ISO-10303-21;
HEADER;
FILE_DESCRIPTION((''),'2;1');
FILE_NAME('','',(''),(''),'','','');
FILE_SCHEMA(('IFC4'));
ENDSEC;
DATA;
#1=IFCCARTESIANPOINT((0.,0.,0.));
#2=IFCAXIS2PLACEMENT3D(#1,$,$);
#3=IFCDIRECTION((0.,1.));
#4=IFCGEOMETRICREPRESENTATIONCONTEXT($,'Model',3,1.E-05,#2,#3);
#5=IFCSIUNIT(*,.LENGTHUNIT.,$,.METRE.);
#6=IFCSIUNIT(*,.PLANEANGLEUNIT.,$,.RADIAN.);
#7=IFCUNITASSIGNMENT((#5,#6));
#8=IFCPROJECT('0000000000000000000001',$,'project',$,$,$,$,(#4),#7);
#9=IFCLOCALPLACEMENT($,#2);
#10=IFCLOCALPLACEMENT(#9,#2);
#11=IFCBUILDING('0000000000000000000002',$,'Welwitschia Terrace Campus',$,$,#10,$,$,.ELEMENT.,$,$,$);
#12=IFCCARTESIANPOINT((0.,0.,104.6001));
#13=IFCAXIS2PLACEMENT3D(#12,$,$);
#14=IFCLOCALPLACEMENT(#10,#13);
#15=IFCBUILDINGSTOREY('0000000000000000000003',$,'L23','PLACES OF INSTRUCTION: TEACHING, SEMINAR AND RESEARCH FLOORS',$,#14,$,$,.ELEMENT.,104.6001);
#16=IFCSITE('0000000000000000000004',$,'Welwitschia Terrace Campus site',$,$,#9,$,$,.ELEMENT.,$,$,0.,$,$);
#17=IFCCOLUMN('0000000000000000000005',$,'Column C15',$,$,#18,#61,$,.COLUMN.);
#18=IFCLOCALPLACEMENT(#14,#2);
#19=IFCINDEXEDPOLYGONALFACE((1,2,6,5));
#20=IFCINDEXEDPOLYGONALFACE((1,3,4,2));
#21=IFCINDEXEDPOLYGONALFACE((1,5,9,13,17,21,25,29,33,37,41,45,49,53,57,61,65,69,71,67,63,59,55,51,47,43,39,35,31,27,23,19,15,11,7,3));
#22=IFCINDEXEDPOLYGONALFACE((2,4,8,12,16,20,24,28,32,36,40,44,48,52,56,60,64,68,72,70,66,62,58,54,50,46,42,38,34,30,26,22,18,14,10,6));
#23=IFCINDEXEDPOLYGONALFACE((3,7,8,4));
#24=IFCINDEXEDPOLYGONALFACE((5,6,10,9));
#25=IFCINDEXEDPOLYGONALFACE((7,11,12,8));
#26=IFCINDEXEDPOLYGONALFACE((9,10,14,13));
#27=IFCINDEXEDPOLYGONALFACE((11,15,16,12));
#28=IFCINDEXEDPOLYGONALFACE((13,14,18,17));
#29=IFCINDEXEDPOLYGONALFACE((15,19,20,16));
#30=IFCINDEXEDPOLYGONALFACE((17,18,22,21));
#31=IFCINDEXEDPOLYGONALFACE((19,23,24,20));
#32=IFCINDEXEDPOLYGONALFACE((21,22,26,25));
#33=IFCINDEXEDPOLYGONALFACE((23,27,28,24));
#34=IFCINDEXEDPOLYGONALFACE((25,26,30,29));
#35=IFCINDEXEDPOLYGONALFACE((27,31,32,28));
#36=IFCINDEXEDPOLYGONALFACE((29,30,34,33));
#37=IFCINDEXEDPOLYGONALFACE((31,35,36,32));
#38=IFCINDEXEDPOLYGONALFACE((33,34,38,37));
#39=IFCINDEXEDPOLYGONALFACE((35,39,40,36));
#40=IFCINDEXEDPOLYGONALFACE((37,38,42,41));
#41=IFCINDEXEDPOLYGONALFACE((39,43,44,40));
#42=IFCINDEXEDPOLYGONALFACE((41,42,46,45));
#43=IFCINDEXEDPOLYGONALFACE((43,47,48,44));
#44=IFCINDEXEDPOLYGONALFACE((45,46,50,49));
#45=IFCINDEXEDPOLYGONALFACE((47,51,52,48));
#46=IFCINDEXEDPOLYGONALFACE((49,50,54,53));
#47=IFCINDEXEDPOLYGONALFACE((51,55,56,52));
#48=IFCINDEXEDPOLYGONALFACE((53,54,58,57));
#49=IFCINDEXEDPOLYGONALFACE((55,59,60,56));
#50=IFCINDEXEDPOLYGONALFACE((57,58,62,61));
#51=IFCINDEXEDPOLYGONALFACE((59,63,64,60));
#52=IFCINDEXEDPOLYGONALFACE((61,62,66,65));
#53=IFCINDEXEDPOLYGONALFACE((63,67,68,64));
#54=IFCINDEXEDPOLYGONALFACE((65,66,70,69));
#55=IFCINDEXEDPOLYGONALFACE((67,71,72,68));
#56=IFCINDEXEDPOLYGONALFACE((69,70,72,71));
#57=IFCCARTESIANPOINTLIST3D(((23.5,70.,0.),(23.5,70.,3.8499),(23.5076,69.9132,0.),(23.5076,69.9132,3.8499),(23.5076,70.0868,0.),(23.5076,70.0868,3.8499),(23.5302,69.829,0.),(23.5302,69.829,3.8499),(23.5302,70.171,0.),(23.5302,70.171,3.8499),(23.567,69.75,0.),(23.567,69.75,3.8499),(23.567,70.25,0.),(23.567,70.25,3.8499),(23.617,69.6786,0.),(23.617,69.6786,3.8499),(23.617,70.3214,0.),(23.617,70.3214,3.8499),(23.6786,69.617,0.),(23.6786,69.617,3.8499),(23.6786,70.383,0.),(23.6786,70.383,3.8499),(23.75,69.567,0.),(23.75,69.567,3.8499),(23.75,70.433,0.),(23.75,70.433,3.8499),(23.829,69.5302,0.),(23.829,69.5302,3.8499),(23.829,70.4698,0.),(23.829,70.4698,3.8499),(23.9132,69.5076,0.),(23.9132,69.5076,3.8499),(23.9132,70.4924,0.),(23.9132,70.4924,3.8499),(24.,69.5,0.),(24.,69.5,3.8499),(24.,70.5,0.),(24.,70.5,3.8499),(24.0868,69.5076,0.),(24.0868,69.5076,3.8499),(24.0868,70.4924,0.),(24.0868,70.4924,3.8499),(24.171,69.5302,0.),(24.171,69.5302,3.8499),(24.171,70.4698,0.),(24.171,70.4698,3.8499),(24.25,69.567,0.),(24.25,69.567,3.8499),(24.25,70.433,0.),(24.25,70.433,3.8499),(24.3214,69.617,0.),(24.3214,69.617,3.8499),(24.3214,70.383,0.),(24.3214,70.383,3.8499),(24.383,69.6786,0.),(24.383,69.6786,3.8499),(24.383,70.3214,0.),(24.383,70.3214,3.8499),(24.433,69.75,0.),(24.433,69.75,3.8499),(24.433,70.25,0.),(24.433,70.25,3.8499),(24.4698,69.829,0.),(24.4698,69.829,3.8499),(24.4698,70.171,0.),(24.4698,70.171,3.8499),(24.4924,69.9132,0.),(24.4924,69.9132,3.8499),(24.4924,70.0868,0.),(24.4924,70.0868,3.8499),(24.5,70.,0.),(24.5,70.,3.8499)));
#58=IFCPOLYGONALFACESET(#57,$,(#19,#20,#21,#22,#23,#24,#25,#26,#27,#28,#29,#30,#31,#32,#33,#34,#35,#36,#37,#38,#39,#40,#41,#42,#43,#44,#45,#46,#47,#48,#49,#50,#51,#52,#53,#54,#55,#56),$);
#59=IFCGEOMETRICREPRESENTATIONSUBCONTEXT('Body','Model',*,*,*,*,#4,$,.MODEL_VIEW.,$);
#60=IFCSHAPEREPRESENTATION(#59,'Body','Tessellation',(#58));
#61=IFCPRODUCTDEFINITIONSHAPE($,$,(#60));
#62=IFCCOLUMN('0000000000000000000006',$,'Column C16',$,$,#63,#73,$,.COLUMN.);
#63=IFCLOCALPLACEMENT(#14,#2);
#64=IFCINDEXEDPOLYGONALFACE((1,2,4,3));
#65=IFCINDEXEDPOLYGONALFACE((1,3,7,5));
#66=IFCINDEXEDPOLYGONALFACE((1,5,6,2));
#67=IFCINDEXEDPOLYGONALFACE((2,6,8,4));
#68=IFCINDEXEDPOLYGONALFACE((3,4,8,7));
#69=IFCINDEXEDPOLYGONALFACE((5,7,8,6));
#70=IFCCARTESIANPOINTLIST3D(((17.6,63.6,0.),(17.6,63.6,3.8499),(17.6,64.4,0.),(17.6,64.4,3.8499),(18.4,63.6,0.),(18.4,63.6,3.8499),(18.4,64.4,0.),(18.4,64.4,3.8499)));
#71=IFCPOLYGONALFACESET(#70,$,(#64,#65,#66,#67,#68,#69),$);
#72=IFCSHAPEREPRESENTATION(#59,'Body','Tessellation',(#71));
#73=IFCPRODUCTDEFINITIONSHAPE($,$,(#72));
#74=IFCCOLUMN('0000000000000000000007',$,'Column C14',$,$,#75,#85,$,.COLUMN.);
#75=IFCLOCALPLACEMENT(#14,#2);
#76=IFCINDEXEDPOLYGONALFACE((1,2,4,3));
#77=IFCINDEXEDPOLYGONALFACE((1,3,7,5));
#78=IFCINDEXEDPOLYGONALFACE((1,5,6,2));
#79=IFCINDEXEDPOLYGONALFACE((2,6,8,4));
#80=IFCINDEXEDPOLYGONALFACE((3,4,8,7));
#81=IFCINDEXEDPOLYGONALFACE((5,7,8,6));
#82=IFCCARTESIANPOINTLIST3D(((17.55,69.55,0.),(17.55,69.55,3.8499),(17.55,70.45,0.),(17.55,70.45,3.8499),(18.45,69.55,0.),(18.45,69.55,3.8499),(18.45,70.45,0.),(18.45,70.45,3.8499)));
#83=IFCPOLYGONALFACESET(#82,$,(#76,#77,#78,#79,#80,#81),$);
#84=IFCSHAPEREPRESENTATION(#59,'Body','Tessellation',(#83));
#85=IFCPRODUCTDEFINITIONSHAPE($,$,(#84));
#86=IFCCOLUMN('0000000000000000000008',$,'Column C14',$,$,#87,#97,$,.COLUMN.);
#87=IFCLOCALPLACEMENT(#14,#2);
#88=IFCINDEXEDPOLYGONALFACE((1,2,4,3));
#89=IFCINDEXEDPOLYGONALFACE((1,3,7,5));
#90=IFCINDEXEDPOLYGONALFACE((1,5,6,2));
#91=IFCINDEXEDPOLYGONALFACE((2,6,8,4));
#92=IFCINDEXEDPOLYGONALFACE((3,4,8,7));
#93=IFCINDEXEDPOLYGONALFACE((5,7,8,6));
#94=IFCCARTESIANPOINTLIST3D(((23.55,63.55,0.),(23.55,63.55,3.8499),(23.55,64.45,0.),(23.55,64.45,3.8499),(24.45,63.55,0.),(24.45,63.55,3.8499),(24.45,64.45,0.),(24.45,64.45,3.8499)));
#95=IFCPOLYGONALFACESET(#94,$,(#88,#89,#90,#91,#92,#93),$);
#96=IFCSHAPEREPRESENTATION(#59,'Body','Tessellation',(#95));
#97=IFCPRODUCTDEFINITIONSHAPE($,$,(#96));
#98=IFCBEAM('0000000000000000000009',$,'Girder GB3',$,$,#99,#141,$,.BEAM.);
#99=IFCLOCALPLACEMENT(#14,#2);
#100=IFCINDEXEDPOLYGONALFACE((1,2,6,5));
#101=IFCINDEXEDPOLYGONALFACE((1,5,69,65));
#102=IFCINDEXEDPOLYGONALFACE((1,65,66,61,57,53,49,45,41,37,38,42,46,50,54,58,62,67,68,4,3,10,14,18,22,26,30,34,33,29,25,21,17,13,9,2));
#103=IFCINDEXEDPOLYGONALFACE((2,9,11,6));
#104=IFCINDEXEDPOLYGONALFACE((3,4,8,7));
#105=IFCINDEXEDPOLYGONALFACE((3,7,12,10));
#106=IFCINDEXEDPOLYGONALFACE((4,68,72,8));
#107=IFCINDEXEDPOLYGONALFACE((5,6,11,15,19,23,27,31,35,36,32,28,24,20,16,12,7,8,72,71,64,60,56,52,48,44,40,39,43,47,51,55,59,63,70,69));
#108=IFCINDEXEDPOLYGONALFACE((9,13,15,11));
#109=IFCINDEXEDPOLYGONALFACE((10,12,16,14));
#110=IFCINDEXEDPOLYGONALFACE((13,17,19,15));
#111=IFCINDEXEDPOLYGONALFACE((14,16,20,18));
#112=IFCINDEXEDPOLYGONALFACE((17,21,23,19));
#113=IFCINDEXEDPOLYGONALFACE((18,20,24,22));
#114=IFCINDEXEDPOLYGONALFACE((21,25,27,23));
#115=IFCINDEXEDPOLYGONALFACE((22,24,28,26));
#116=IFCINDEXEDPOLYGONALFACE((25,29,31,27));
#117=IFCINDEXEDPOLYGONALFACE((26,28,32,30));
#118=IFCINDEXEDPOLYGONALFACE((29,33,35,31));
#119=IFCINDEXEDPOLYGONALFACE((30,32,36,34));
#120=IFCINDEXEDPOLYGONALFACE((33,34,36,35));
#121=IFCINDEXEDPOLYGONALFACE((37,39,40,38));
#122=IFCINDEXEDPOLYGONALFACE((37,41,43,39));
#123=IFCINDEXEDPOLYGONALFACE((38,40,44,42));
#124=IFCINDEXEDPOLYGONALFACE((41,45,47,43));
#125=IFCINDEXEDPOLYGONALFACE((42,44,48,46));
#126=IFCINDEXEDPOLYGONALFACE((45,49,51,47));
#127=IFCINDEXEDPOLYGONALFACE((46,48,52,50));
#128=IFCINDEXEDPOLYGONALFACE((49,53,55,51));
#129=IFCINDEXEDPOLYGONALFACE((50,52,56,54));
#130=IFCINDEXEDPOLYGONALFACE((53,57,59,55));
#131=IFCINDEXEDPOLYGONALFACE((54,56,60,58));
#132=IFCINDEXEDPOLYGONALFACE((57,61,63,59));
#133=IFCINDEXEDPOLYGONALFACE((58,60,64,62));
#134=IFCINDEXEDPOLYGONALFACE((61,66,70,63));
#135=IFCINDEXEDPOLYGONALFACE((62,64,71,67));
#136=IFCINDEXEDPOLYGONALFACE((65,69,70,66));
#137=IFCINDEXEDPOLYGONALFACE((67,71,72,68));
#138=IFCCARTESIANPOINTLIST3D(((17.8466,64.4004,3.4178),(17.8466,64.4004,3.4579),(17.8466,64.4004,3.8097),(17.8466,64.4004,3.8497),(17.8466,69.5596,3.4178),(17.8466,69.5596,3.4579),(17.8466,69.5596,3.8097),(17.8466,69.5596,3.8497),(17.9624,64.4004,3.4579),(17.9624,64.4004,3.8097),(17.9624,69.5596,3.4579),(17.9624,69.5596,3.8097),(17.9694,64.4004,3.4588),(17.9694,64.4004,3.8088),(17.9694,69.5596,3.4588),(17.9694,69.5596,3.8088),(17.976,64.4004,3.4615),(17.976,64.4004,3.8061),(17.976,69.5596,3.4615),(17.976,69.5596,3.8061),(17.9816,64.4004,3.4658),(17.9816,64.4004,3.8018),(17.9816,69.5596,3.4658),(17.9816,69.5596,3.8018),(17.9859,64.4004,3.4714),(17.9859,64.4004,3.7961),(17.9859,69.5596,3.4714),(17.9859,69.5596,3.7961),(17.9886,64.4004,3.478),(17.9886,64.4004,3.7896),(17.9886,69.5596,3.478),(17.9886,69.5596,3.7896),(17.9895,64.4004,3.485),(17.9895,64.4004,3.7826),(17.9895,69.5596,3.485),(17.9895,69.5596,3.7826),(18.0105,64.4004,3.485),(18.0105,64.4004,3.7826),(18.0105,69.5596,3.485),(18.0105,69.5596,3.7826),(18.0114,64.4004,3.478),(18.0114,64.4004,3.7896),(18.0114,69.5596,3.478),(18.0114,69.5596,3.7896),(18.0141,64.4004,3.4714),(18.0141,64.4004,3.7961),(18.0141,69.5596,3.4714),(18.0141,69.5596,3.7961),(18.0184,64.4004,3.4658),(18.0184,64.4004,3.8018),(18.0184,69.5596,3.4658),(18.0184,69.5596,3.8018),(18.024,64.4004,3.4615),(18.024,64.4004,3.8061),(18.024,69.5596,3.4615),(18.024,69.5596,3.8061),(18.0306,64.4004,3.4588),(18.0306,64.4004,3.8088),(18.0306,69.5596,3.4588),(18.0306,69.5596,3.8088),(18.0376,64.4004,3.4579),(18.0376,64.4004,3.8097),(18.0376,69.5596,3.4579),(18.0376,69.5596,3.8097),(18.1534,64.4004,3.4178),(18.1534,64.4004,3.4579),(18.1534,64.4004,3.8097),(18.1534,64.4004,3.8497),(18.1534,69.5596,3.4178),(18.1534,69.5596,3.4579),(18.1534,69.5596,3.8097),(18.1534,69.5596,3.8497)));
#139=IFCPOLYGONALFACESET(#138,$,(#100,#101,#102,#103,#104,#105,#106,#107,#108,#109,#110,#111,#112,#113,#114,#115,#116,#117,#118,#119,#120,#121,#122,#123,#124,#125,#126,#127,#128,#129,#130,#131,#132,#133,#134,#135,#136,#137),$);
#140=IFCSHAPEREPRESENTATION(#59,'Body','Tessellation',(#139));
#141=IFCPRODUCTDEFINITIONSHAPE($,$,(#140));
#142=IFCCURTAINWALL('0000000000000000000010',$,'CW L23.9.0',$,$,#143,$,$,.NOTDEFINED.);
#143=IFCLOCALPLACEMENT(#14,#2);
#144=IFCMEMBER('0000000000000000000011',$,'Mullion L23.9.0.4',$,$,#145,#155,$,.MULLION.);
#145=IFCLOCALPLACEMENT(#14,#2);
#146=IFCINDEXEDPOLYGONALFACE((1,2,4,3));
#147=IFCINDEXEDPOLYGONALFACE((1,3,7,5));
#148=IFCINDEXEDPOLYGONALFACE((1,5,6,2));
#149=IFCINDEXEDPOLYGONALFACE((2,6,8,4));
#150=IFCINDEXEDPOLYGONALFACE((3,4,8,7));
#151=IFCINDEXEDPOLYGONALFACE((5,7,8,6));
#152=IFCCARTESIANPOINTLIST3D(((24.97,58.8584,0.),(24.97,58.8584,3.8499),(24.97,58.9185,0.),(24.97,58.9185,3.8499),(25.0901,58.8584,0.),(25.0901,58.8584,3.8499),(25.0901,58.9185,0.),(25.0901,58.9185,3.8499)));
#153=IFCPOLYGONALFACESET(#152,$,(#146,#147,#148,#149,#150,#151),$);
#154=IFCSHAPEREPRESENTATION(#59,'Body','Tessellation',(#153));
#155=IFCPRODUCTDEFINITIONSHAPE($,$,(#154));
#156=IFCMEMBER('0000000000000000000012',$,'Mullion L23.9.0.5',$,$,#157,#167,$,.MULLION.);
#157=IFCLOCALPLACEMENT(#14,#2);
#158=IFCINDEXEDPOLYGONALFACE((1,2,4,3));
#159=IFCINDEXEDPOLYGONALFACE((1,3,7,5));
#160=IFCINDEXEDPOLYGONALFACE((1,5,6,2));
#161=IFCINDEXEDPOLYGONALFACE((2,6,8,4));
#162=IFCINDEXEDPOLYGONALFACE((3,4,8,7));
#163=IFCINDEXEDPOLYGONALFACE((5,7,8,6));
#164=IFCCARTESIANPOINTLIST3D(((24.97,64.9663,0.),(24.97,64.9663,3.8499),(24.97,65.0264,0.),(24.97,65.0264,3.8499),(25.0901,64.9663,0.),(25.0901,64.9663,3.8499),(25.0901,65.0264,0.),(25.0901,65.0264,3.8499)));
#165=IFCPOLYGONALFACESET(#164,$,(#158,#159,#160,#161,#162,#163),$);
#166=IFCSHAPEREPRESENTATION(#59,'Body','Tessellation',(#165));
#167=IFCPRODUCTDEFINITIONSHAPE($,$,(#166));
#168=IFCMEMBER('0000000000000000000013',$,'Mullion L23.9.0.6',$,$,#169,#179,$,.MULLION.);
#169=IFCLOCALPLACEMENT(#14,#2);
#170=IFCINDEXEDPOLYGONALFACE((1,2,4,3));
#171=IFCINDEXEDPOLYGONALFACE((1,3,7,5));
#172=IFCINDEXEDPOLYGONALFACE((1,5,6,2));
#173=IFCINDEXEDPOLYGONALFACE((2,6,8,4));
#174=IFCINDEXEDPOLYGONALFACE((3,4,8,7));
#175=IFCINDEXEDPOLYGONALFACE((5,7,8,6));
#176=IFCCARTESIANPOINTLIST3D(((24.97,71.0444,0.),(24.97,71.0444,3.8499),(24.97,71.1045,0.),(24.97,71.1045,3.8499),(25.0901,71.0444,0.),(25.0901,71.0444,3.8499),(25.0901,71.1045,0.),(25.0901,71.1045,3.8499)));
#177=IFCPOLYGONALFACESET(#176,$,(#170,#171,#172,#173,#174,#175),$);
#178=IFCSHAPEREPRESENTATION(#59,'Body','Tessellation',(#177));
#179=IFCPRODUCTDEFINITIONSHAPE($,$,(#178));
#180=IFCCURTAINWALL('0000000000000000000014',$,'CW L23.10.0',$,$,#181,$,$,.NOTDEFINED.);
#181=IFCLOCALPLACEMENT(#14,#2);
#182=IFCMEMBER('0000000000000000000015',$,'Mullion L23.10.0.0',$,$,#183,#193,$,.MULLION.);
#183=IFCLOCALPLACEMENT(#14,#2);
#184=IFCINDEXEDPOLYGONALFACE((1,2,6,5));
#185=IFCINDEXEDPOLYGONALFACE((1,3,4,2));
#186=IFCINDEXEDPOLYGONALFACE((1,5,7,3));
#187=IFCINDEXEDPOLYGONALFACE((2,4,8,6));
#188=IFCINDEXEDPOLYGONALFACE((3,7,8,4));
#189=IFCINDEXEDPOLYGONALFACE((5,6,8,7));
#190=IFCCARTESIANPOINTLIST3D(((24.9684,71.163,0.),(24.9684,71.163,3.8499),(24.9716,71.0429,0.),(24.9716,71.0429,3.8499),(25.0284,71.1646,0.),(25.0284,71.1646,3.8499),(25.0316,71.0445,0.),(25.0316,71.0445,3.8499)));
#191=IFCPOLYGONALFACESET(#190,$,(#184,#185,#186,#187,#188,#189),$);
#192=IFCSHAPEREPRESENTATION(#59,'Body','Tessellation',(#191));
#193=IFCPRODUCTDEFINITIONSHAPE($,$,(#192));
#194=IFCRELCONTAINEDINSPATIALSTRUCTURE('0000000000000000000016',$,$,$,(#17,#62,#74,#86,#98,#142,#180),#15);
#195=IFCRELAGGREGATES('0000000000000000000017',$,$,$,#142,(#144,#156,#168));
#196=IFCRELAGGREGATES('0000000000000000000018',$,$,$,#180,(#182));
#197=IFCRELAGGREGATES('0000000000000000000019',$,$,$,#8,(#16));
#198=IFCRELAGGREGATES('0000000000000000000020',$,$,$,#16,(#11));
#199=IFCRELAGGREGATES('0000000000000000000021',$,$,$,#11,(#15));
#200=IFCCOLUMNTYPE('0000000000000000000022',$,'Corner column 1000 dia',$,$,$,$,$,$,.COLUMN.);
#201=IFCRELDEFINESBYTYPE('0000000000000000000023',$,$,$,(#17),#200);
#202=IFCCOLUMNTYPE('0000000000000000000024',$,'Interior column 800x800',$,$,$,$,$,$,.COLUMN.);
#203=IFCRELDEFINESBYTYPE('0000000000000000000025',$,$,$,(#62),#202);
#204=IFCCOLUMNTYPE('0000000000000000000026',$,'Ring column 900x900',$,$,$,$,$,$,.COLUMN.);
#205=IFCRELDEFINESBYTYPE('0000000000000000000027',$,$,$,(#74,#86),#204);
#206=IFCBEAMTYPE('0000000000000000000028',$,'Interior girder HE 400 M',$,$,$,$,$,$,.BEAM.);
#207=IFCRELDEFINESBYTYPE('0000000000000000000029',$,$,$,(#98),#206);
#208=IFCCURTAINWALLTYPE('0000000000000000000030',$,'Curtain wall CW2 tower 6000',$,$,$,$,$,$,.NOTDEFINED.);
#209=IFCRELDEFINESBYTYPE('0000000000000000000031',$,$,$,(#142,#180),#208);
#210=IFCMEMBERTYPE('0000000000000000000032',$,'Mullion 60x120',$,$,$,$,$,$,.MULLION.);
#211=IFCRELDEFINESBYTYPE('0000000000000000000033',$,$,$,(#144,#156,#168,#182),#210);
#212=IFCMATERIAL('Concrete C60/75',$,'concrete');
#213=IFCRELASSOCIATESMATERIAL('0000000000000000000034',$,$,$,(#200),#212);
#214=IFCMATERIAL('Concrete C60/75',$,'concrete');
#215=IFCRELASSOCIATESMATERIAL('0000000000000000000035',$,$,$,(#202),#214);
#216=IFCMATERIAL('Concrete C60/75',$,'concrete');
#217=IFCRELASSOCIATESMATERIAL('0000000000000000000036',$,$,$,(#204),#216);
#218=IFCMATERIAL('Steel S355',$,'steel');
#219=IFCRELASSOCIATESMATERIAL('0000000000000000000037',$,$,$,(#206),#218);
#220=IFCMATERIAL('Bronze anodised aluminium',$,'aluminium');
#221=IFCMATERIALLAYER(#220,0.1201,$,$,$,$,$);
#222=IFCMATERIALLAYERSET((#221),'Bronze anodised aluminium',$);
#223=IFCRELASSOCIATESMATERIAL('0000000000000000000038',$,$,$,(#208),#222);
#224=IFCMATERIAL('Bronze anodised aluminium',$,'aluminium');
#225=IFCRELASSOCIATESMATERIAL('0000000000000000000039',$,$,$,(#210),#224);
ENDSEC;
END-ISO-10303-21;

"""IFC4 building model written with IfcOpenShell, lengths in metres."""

from ifc_helpers import new_model, si_unit, direction, frame, origin, origin_2d, place, context, subcontext, project, spatial, rectangle, circle, i_section, extrude, material, layer, layer_set, material_profile, profile_set, type_object, element, aggregate, save


model = new_model("IFC4")

# Units and contexts
model_context = context("Model", 3, precision=1e-05, world=origin(), true_north=direction((0.0, 1.0)))
body_context = subcontext(model_context, "Body", "Model", "MODEL_VIEW")
ifc_project = project(units=[si_unit("LENGTHUNIT", "METRE"), si_unit("PLANEANGLEUNIT", "RADIAN")], contexts=[model_context])

# Site, building, storey
site_placement = place(None, origin())
site = spatial("IfcSite", under=ifc_project, at=site_placement, Name="Welwitschia Terrace Campus site", CompositionType="ELEMENT", RefElevation=0.0)
building_placement = place(site_placement, origin())
building = spatial("IfcBuilding", under=site, at=building_placement, Name="Welwitschia Terrace Campus", CompositionType="ELEMENT")
storey_placement = place(building_placement, frame((0.0, 0.0, 104.6001)))
storey = spatial("IfcBuildingStorey", under=building, at=storey_placement, Name="L23", Description="PLACES OF INSTRUCTION: TEACHING, SEMINAR AND RESEARCH FLOORS", CompositionType="ELEMENT", Elevation=104.6001)

# Columns
ifc_material_1 = material(Name="Concrete C60/75", Category="concrete")
ifc_material_profile_1 = material_profile(ifc_material_1, circle(Radius=0.5, at=origin_2d()))
ifc_profile_set_1 = profile_set([ifc_material_profile_1], Name="Concrete C60/75")
column_type_1 = type_object("IfcColumnType", Name="Corner column 1000 dia", PredefinedType="COLUMN", material=ifc_profile_set_1)
column_1_placement = place(storey_placement, frame((24.0, 70.0, 0.0), z_axis=(0.0, 0.0, 1.0), x_axis=(1.0, 0.0, 0.0)))
element("IfcColumn", 1, at=column_1_placement, inside=storey, type_object=column_type_1, Name="Column C15", PredefinedType="COLUMN", context=body_context, shape_type="SweptSolid", body=[
    extrude(circle(Radius=0.5, at=origin_2d()), origin(), (0.0, 0.0, 1.0), 3.8499),
])
ifc_material_2 = material(Name="Concrete C60/75", Category="concrete")
ifc_material_profile_2 = material_profile(ifc_material_2, rectangle(XDim=0.8, YDim=0.8, at=origin_2d()))
ifc_profile_set_2 = profile_set([ifc_material_profile_2], Name="Concrete C60/75")
column_type_2 = type_object("IfcColumnType", Name="Interior column 800x800", PredefinedType="COLUMN", material=ifc_profile_set_2)
column_2_placement = place(storey_placement, frame((18.0, 64.0, 0.0), z_axis=(0.0, 0.0, 1.0), x_axis=(1.0, 0.0, 0.0)))
element("IfcColumn", 2, at=column_2_placement, inside=storey, type_object=column_type_2, Name="Column C16", PredefinedType="COLUMN", context=body_context, shape_type="SweptSolid", body=[
    extrude(rectangle(XDim=0.8, YDim=0.8, at=origin_2d()), origin(), (0.0, 0.0, 1.0), 3.8499),
])
ifc_material_3 = material(Name="Concrete C60/75", Category="concrete")
ifc_material_profile_3 = material_profile(ifc_material_3, rectangle(XDim=0.8999, YDim=0.8999, at=origin_2d()))
ifc_profile_set_3 = profile_set([ifc_material_profile_3], Name="Concrete C60/75")
column_type_3 = type_object("IfcColumnType", Name="Ring column 900x900", PredefinedType="COLUMN", material=ifc_profile_set_3)
for number, where, z_axis, x_axis, name in (
    (3, (18.0, 70.0, 0.0), (0.0, 0.0, 1.0), (1.0, 0.0, 0.0), "Column C14"),
    (4, (24.0, 64.0, 0.0), (0.0, 0.0, 1.0), (1.0, 0.0, 0.0), "Column C14"),
):
    element("IfcColumn", number, at=place(storey_placement, frame(where, z_axis=z_axis, x_axis=x_axis)), inside=storey, type_object=column_type_3, Name=name, PredefinedType="COLUMN", context=body_context, shape_type="SweptSolid", body=[
        extrude(rectangle(XDim=0.8999, YDim=0.8999, at=origin_2d()), origin(), (0.0, 0.0, 1.0), 3.8499),
    ])

# Beam
ifc_material_4 = material(Name="Steel S355", Category="steel")
ifc_material_profile_4 = material_profile(ifc_material_4, i_section(OverallWidth=0.3069, OverallDepth=0.4319, WebThickness=0.021, FlangeThickness=0.04, FilletRadius=0.0271, at=origin_2d()))
ifc_profile_set_4 = profile_set([ifc_material_profile_4], Name="Steel S355")
beam_type_1 = type_object("IfcBeamType", Name="Interior girder HE 400 M", PredefinedType="BEAM", material=ifc_profile_set_4)
beam_1_placement = place(storey_placement, frame((18.0, 64.4004, 3.6338), z_axis=(0.0, 1.0, 0.0), x_axis=(-1.0, 0.0, 0.0)))
element("IfcBeam", 5, at=beam_1_placement, inside=storey, type_object=beam_type_1, Name="Girder GB3", PredefinedType="BEAM", context=body_context, shape_type="SweptSolid", body=[
    extrude(i_section(OverallWidth=0.3069, OverallDepth=0.4319, WebThickness=0.021, FlangeThickness=0.04, FilletRadius=0.0271, at=origin_2d()), origin(), (0.0, 0.0, 1.0), 5.1592),
])

# Curtain walls, members
ifc_material_5 = material(Name="Bronze anodised aluminium", Category="aluminium")
ifc_layer_1 = layer(ifc_material_5, 0.1201)
ifc_layer_set_1 = layer_set([ifc_layer_1], Name="Bronze anodised aluminium")
curtain_wall_type = type_object("IfcCurtainWallType", Name="Curtain wall CW2 tower 6000", PredefinedType="NOTDEFINED", material=ifc_layer_set_1)
curtain_wall_1_placement = place(storey_placement, origin())
curtain_wall_1 = element("IfcCurtainWall", 6, at=curtain_wall_1_placement, inside=storey, type_object=curtain_wall_type, Name="CW L23.9.0", PredefinedType="NOTDEFINED")
ifc_material_6 = material(Name="Bronze anodised aluminium", Category="aluminium")
ifc_material_profile_5 = material_profile(ifc_material_6, rectangle(XDim=0.1201, YDim=0.0601, at=origin_2d()))
ifc_profile_set_5 = profile_set([ifc_material_profile_5], Name="Bronze anodised aluminium")
member_type_1 = type_object("IfcMemberType", Name="Mullion 60x120", PredefinedType="MULLION", material=ifc_profile_set_5)
member_1_placement = place(storey_placement, frame((25.03, 58.8884, 0.0), z_axis=(0.0, 0.0, 1.0), x_axis=(-1.0, 0.0, 0.0)))
member_1 = element("IfcMember", 7, at=member_1_placement, type_object=member_type_1, Name="Mullion L23.9.0.4", PredefinedType="MULLION", context=body_context, shape_type="SweptSolid", body=[
    extrude(rectangle(XDim=0.1201, YDim=0.0601, at=origin_2d()), origin(), (0.0, 0.0, 1.0), 3.8499),
])
member_2_placement = place(storey_placement, frame((25.03, 64.9963, 0.0), z_axis=(0.0, 0.0, 1.0), x_axis=(-1.0, 0.0, 0.0)))
member_2 = element("IfcMember", 8, at=member_2_placement, type_object=member_type_1, Name="Mullion L23.9.0.5", PredefinedType="MULLION", context=body_context, shape_type="SweptSolid", body=[
    extrude(rectangle(XDim=0.1201, YDim=0.0601, at=origin_2d()), origin(), (0.0, 0.0, 1.0), 3.8499),
])
member_3_placement = place(storey_placement, frame((25.03, 71.0745, 0.0), z_axis=(0.0, 0.0, 1.0), x_axis=(-1.0, 0.0, 0.0)))
member_3 = element("IfcMember", 9, at=member_3_placement, type_object=member_type_1, Name="Mullion L23.9.0.6", PredefinedType="MULLION", context=body_context, shape_type="SweptSolid", body=[
    extrude(rectangle(XDim=0.1201, YDim=0.0601, at=origin_2d()), origin(), (0.0, 0.0, 1.0), 3.8499),
])
curtain_wall_2_placement = place(storey_placement, origin())
curtain_wall_2 = element("IfcCurtainWall", 10, at=curtain_wall_2_placement, inside=storey, type_object=curtain_wall_type, Name="CW L23.10.0", PredefinedType="NOTDEFINED")
member_4_placement = place(storey_placement, frame((25.0, 71.1038, 0.0), z_axis=(0.0, 0.0, 1.0), x_axis=(0.026177, -0.999657, 0.0)))
member_4 = element("IfcMember", 11, at=member_4_placement, type_object=member_type_1, Name="Mullion L23.10.0.0", PredefinedType="MULLION", context=body_context, shape_type="SweptSolid", body=[
    extrude(rectangle(XDim=0.1201, YDim=0.0601, at=origin_2d()), origin(), (0.0, 0.0, 1.0), 3.8499),
])

aggregate(curtain_wall_1, [member_1, member_2, member_3])
aggregate(curtain_wall_2, [member_4])

save(model, "model.ifc")
